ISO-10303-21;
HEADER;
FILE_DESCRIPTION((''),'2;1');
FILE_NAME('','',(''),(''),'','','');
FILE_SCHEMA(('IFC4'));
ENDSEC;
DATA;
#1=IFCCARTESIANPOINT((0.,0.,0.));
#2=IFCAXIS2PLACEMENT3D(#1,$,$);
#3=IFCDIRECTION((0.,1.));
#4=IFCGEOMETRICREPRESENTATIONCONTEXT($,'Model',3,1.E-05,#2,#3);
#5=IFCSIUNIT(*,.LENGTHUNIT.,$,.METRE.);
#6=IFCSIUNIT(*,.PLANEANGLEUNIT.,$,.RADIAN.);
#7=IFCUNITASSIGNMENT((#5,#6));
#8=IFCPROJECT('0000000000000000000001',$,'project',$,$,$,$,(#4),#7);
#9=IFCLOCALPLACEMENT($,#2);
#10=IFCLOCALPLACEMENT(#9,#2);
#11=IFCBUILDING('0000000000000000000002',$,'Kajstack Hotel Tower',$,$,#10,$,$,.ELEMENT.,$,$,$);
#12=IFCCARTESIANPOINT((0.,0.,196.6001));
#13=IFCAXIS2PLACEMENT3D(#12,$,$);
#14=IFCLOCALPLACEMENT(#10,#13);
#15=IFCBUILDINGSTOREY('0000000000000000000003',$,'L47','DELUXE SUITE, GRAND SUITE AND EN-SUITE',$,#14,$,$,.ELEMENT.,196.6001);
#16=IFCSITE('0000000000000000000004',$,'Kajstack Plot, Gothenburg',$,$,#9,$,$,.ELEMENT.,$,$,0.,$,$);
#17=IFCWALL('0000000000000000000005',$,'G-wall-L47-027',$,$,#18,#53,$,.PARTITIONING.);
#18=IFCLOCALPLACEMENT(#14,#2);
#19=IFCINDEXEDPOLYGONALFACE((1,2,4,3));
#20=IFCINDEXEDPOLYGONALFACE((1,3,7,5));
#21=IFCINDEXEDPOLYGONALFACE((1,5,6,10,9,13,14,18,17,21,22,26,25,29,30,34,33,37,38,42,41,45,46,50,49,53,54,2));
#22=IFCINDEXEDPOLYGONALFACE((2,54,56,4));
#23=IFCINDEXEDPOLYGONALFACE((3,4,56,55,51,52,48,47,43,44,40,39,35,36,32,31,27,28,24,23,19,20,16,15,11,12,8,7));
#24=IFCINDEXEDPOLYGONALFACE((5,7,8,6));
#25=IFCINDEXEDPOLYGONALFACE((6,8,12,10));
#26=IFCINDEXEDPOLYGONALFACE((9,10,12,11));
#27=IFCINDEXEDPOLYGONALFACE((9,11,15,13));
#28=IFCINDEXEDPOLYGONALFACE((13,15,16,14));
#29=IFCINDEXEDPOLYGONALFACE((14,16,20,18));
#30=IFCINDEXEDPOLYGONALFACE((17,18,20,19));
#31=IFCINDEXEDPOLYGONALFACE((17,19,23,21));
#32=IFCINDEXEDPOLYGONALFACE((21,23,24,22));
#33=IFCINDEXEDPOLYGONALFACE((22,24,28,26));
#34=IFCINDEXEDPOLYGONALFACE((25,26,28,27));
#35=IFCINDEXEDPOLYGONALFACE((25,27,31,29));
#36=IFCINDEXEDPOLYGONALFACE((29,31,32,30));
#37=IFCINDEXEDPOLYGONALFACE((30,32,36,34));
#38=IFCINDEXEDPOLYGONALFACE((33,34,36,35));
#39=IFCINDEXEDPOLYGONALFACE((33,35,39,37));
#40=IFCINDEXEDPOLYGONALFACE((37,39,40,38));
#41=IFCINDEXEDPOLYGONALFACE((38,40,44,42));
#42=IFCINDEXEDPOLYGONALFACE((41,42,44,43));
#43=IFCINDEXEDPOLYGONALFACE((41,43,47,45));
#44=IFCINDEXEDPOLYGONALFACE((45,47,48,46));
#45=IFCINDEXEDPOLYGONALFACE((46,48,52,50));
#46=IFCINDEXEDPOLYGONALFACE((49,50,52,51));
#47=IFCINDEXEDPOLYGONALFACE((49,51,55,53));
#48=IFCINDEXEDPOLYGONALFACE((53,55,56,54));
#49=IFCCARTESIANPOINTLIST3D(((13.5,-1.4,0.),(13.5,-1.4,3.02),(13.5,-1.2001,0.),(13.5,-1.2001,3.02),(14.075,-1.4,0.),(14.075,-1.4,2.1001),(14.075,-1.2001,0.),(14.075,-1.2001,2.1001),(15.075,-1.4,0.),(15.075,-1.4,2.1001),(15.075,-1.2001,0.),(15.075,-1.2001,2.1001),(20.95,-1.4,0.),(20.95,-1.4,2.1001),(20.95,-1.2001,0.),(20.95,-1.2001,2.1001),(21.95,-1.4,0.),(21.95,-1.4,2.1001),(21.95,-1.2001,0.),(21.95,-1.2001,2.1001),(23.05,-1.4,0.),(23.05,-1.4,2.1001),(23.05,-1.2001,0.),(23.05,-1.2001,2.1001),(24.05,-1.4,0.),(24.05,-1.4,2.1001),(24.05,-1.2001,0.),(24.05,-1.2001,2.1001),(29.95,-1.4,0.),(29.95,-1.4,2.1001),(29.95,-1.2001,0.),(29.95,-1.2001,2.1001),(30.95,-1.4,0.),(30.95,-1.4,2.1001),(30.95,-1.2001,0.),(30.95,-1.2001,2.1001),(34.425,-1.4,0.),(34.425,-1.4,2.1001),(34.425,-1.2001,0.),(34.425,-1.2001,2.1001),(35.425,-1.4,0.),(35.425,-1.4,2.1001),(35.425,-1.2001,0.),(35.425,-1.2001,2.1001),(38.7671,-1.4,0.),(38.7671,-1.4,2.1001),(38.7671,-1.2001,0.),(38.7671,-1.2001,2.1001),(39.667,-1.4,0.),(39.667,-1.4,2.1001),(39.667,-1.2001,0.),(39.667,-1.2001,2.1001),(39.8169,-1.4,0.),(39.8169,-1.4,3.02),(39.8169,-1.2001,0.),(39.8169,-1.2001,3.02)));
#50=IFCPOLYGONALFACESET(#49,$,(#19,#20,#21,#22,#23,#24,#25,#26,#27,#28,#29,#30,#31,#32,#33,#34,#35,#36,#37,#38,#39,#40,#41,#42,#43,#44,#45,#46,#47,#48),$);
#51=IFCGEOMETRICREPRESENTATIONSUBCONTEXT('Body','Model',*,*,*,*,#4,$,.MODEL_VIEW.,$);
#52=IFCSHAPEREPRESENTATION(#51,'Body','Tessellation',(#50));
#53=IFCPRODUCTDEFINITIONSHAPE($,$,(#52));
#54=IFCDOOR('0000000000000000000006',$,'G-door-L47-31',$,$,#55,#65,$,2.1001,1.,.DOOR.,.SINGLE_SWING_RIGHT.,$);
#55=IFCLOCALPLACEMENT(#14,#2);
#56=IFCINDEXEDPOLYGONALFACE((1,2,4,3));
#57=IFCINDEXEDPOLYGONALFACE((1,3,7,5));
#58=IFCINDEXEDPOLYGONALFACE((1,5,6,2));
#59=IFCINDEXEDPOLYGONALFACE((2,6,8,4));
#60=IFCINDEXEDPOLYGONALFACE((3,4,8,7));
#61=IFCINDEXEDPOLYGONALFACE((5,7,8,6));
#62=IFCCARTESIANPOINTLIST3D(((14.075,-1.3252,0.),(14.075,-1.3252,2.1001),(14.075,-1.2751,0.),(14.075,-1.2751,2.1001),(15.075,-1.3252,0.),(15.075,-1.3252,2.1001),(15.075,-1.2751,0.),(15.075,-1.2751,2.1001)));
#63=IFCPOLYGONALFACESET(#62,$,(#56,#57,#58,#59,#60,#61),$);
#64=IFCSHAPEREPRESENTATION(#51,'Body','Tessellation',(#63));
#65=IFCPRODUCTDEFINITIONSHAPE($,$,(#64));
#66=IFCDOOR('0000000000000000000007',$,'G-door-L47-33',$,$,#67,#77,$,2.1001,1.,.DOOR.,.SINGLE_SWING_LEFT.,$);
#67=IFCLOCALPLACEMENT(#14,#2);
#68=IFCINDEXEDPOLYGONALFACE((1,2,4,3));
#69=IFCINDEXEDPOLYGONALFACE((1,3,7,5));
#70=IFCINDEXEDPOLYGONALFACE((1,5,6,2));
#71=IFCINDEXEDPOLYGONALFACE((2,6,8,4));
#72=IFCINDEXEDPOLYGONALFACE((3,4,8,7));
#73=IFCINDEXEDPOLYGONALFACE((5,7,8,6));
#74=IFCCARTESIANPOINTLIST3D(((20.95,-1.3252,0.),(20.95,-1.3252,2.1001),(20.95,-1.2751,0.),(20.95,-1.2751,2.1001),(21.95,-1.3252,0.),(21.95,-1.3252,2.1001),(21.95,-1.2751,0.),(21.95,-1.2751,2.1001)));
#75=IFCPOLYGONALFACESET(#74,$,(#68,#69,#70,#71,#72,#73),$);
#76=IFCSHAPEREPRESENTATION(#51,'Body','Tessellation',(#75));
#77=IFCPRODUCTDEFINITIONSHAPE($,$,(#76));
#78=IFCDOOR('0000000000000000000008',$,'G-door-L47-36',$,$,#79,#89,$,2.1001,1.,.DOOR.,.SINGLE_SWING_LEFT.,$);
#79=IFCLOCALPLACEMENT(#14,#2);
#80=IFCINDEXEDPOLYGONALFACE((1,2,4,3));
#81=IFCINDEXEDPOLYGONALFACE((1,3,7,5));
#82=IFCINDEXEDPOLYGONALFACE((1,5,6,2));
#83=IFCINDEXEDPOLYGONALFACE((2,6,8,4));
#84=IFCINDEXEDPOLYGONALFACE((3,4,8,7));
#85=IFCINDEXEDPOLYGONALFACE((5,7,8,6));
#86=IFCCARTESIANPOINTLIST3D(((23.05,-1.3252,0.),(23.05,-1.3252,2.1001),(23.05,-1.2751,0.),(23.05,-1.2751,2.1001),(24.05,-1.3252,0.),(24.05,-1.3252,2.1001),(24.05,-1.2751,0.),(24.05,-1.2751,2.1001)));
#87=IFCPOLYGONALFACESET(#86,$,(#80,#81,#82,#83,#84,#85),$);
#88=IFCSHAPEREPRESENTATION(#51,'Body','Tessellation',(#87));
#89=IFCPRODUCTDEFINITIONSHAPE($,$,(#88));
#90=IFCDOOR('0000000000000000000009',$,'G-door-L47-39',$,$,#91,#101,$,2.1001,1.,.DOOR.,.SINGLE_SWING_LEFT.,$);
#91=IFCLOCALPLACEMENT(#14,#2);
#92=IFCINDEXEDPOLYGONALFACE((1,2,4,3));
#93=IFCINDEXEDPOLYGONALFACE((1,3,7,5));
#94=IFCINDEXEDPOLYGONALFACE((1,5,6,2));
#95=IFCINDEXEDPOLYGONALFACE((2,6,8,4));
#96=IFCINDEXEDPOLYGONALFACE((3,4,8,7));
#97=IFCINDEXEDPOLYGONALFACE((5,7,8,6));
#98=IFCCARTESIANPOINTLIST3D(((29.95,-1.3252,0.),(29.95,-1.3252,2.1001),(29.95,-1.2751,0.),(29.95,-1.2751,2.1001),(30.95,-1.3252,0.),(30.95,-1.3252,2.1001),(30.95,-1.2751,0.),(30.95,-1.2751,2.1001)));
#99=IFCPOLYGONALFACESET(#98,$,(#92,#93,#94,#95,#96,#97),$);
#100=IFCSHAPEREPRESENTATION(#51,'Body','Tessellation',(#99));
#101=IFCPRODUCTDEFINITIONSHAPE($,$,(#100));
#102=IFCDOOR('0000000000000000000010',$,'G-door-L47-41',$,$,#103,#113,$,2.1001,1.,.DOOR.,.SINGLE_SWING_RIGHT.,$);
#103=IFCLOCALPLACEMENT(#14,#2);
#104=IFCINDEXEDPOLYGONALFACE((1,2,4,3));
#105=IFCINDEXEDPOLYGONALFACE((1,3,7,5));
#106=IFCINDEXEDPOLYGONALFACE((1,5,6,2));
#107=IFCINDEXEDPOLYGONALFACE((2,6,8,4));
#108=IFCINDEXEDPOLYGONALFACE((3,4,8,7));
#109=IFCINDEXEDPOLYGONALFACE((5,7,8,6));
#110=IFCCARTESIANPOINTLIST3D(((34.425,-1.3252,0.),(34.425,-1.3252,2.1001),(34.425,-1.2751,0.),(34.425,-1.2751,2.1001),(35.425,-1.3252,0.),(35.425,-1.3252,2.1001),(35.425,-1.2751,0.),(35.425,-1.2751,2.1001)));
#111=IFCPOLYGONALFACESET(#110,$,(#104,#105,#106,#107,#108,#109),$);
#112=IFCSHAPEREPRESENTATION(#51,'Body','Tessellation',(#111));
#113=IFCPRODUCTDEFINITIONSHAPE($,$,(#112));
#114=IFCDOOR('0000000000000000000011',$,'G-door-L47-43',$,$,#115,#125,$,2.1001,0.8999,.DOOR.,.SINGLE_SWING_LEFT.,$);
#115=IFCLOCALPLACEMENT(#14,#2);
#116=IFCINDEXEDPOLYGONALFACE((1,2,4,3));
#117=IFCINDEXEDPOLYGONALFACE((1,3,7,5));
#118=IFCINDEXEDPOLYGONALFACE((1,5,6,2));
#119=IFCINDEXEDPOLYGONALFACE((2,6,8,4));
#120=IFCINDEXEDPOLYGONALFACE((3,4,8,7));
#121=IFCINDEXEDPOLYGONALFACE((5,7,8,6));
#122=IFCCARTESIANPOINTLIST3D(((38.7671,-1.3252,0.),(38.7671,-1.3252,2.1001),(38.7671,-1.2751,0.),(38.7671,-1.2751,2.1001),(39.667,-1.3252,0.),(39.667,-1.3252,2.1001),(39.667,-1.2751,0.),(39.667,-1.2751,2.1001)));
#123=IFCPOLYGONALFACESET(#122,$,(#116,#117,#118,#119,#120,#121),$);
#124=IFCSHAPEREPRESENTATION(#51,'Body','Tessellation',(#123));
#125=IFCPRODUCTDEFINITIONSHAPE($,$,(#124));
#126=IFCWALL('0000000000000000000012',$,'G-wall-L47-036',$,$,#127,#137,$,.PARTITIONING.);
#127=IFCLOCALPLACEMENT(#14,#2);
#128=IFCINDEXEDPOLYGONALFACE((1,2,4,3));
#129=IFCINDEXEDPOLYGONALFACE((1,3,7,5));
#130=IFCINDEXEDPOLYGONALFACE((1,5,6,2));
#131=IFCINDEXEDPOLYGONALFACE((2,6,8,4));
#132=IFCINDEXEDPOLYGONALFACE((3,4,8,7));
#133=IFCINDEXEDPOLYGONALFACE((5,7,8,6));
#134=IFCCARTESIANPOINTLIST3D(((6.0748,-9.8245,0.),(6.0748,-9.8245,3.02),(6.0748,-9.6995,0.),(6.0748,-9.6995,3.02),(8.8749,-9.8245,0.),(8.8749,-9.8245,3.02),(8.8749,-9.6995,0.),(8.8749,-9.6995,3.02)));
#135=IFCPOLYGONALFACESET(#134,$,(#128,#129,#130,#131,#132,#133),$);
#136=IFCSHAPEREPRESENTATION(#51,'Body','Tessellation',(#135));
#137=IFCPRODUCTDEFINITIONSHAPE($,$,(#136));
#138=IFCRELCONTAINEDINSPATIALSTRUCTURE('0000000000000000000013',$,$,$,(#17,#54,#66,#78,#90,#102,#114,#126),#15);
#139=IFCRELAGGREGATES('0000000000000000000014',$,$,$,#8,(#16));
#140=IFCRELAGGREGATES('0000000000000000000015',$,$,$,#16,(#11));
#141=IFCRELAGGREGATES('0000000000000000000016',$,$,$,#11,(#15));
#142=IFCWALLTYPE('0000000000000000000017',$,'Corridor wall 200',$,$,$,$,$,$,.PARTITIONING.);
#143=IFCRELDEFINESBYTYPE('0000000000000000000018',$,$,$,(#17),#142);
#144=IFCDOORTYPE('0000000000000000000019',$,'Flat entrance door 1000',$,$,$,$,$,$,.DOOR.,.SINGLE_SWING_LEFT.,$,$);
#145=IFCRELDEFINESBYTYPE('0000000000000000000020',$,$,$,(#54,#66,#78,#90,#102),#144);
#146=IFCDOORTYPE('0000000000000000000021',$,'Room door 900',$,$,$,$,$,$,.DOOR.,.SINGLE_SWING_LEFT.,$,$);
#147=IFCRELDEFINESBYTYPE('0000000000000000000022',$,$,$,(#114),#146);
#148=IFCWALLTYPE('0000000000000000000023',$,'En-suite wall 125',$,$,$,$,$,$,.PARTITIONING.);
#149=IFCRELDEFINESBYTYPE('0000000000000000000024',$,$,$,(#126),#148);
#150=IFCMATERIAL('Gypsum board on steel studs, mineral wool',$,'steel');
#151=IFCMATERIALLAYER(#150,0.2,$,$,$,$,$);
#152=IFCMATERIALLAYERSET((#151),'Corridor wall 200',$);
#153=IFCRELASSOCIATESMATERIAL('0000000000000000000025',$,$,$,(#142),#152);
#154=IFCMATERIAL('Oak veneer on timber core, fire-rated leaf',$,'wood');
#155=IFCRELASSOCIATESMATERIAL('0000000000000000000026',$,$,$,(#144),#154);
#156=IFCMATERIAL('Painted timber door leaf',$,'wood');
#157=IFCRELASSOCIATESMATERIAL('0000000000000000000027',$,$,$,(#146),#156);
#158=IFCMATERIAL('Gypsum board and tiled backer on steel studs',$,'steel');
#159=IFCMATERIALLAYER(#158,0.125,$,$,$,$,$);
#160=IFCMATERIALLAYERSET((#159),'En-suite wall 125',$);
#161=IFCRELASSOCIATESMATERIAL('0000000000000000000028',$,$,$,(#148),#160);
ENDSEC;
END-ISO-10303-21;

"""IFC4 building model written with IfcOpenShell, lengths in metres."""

from ifc_helpers import new_model, si_unit, direction, frame, frame_2d, origin, place, context, subcontext, project, spatial, rectangle, extrude, material, layer, layer_set, type_object, element, fill, save


model = new_model("IFC4")

# Units and contexts
model_context = context("Model", 3, precision=1e-05, world=origin(), true_north=direction((0.0, 1.0)))
body_context = subcontext(model_context, "Body", "Model", "MODEL_VIEW")
ifc_project = project(units=[si_unit("LENGTHUNIT", "METRE"), si_unit("PLANEANGLEUNIT", "RADIAN")], contexts=[model_context])

# Site, building, storey
site_placement = place(None, origin())
site = spatial("IfcSite", under=ifc_project, at=site_placement, Name="Kajstack Plot, Gothenburg", CompositionType="ELEMENT", RefElevation=0.0)
building_placement = place(site_placement, origin())
building = spatial("IfcBuilding", under=site, at=building_placement, Name="Kajstack Hotel Tower", CompositionType="ELEMENT")
storey_placement = place(building_placement, frame((0.0, 0.0, 196.6001)))
storey = spatial("IfcBuildingStorey", under=building, at=storey_placement, Name="L47", Description="DELUXE SUITE, GRAND SUITE AND EN-SUITE", CompositionType="ELEMENT", Elevation=196.6001)

# Wall, openings, doors
ifc_material_1 = material(Name="Gypsum board on steel studs, mineral wool", Category="steel")
ifc_layer_1 = layer(ifc_material_1, 0.2)
ifc_layer_set_1 = layer_set([ifc_layer_1], Name="Corridor wall 200")
wall_type_1 = type_object("IfcWallType", Name="Corridor wall 200", PredefinedType="PARTITIONING", material=ifc_layer_set_1)
wall_1_placement = place(storey_placement, frame((13.5, -1.3, 0.0), z_axis=(0.0, 0.0, 1.0), x_axis=(1.0, 0.0, 0.0)))
wall_1 = element("IfcWall", 1, at=wall_1_placement, inside=storey, type_object=wall_type_1, Name="G-wall-L47-027", PredefinedType="PARTITIONING", context=body_context, shape_type="SweptSolid", body=[
    extrude(rectangle(XDim=26.3169, YDim=0.2, at=frame_2d((13.1584, 0.0))), origin(), (0.0, 0.0, 1.0), 3.02),
])
opening_1_placement = place(wall_1_placement, frame((0.575, 0.0, 0.0)))
opening_1 = element("IfcOpeningElement", 2, at=opening_1_placement, cuts=wall_1, PredefinedType="OPENING", context=body_context, shape_type="SweptSolid", body=[
    extrude(rectangle(XDim=1.0, YDim=2.1001, at=frame_2d((0.5, 1.05))), frame((0.0, 0.1099, 0.0), z_axis=(0.0, -1.0, 0.0), x_axis=(1.0, 0.0, 0.0)), (0.0, 0.0, 1.0), 0.22),
])
opening_2_placement = place(wall_1_placement, frame((7.45, 0.0, 0.0)))
opening_2 = element("IfcOpeningElement", 3, at=opening_2_placement, cuts=wall_1, PredefinedType="OPENING", context=body_context, shape_type="SweptSolid", body=[
    extrude(rectangle(XDim=1.0, YDim=2.1001, at=frame_2d((0.5, 1.05))), frame((0.0, 0.1099, 0.0), z_axis=(0.0, -1.0, 0.0), x_axis=(1.0, 0.0, 0.0)), (0.0, 0.0, 1.0), 0.22),
])
opening_3_placement = place(wall_1_placement, frame((9.55, 0.0, 0.0)))
opening_3 = element("IfcOpeningElement", 4, at=opening_3_placement, cuts=wall_1, PredefinedType="OPENING", context=body_context, shape_type="SweptSolid", body=[
    extrude(rectangle(XDim=1.0, YDim=2.1001, at=frame_2d((0.5, 1.05))), frame((0.0, 0.1099, 0.0), z_axis=(0.0, -1.0, 0.0), x_axis=(1.0, 0.0, 0.0)), (0.0, 0.0, 1.0), 0.22),
])
opening_4_placement = place(wall_1_placement, frame((16.45, 0.0, 0.0)))
opening_4 = element("IfcOpeningElement", 5, at=opening_4_placement, cuts=wall_1, PredefinedType="OPENING", context=body_context, shape_type="SweptSolid", body=[
    extrude(rectangle(XDim=1.0, YDim=2.1001, at=frame_2d((0.5, 1.05))), frame((0.0, 0.1099, 0.0), z_axis=(0.0, -1.0, 0.0), x_axis=(1.0, 0.0, 0.0)), (0.0, 0.0, 1.0), 0.22),
])
opening_5_placement = place(wall_1_placement, frame((20.925, 0.0, 0.0)))
opening_5 = element("IfcOpeningElement", 6, at=opening_5_placement, cuts=wall_1, PredefinedType="OPENING", context=body_context, shape_type="SweptSolid", body=[
    extrude(rectangle(XDim=1.0, YDim=2.1001, at=frame_2d((0.5, 1.05))), frame((0.0, 0.1099, 0.0), z_axis=(0.0, -1.0, 0.0), x_axis=(1.0, 0.0, 0.0)), (0.0, 0.0, 1.0), 0.22),
])
opening_6_placement = place(wall_1_placement, frame((25.2671, 0.0, 0.0)))
opening_6 = element("IfcOpeningElement", 7, at=opening_6_placement, cuts=wall_1, PredefinedType="OPENING", context=body_context, shape_type="SweptSolid", body=[
    extrude(rectangle(XDim=0.8999, YDim=2.1001, at=frame_2d((0.45, 1.05))), frame((0.0, 0.1099, 0.0), z_axis=(0.0, -1.0, 0.0), x_axis=(1.0, 0.0, 0.0)), (0.0, 0.0, 1.0), 0.22),
])
ifc_material_2 = material(Name="Oak veneer on timber core, fire-rated leaf", Category="wood")
door_type_1 = type_object("IfcDoorType", Name="Flat entrance door 1000", OperationType="SINGLE_SWING_LEFT", PredefinedType="DOOR", material=ifc_material_2)
door_1_placement = place(opening_1_placement, origin())
door_1 = element("IfcDoor", 8, at=door_1_placement, inside=storey, type_object=door_type_1, Name="G-door-L47-31", OperationType="SINGLE_SWING_RIGHT", OverallHeight=2.1001, OverallWidth=1.0, PredefinedType="DOOR", context=body_context, shape_type="SweptSolid", body=[
    extrude(rectangle(XDim=1.0, YDim=2.1001, at=frame_2d((0.5, 1.05))), frame((0.0, 0.0249, 0.0), z_axis=(0.0, -1.0, 0.0), x_axis=(1.0, 0.0, 0.0)), (0.0, 0.0, 1.0), 0.05),
])
fill(opening_1, door_1)
door_2_placement = place(opening_2_placement, origin())
door_2 = element("IfcDoor", 9, at=door_2_placement, inside=storey, type_object=door_type_1, Name="G-door-L47-33", OperationType="SINGLE_SWING_LEFT", OverallHeight=2.1001, OverallWidth=1.0, PredefinedType="DOOR", context=body_context, shape_type="SweptSolid", body=[
    extrude(rectangle(XDim=1.0, YDim=2.1001, at=frame_2d((0.5, 1.05))), frame((0.0, 0.0249, 0.0), z_axis=(0.0, -1.0, 0.0), x_axis=(1.0, 0.0, 0.0)), (0.0, 0.0, 1.0), 0.05),
])
fill(opening_2, door_2)
door_3_placement = place(opening_3_placement, origin())
door_3 = element("IfcDoor", 10, at=door_3_placement, inside=storey, type_object=door_type_1, Name="G-door-L47-36", OperationType="SINGLE_SWING_LEFT", OverallHeight=2.1001, OverallWidth=1.0, PredefinedType="DOOR", context=body_context, shape_type="SweptSolid", body=[
    extrude(rectangle(XDim=1.0, YDim=2.1001, at=frame_2d((0.5, 1.05))), frame((0.0, 0.0249, 0.0), z_axis=(0.0, -1.0, 0.0), x_axis=(1.0, 0.0, 0.0)), (0.0, 0.0, 1.0), 0.05),
])
fill(opening_3, door_3)
door_4_placement = place(opening_4_placement, origin())
door_4 = element("IfcDoor", 11, at=door_4_placement, inside=storey, type_object=door_type_1, Name="G-door-L47-39", OperationType="SINGLE_SWING_LEFT", OverallHeight=2.1001, OverallWidth=1.0, PredefinedType="DOOR", context=body_context, shape_type="SweptSolid", body=[
    extrude(rectangle(XDim=1.0, YDim=2.1001, at=frame_2d((0.5, 1.05))), frame((0.0, 0.0249, 0.0), z_axis=(0.0, -1.0, 0.0), x_axis=(1.0, 0.0, 0.0)), (0.0, 0.0, 1.0), 0.05),
])
fill(opening_4, door_4)
door_5_placement = place(opening_5_placement, origin())
door_5 = element("IfcDoor", 12, at=door_5_placement, inside=storey, type_object=door_type_1, Name="G-door-L47-41", OperationType="SINGLE_SWING_RIGHT", OverallHeight=2.1001, OverallWidth=1.0, PredefinedType="DOOR", context=body_context, shape_type="SweptSolid", body=[
    extrude(rectangle(XDim=1.0, YDim=2.1001, at=frame_2d((0.5, 1.05))), frame((0.0, 0.0249, 0.0), z_axis=(0.0, -1.0, 0.0), x_axis=(1.0, 0.0, 0.0)), (0.0, 0.0, 1.0), 0.05),
])
fill(opening_5, door_5)
ifc_material_3 = material(Name="Painted timber door leaf", Category="wood")
door_type_2 = type_object("IfcDoorType", Name="Room door 900", OperationType="SINGLE_SWING_LEFT", PredefinedType="DOOR", material=ifc_material_3)
door_6_placement = place(opening_6_placement, origin())
door_6 = element("IfcDoor", 13, at=door_6_placement, inside=storey, type_object=door_type_2, Name="G-door-L47-43", OperationType="SINGLE_SWING_LEFT", OverallHeight=2.1001, OverallWidth=0.8999, PredefinedType="DOOR", context=body_context, shape_type="SweptSolid", body=[
    extrude(rectangle(XDim=0.8999, YDim=2.1001, at=frame_2d((0.45, 1.05))), frame((0.0, 0.0249, 0.0), z_axis=(0.0, -1.0, 0.0), x_axis=(1.0, 0.0, 0.0)), (0.0, 0.0, 1.0), 0.05),
])
fill(opening_6, door_6)

# Wall
ifc_material_4 = material(Name="Gypsum board and tiled backer on steel studs", Category="steel")
ifc_layer_2 = layer(ifc_material_4, 0.125)
ifc_layer_set_2 = layer_set([ifc_layer_2], Name="En-suite wall 125")
wall_type_2 = type_object("IfcWallType", Name="En-suite wall 125", PredefinedType="PARTITIONING", material=ifc_layer_set_2)
wall_2_placement = place(storey_placement, frame((6.075, -9.762, 0.0), z_axis=(0.0, 0.0, 1.0), x_axis=(1.0, 0.0, 0.0)))
element("IfcWall", 14, at=wall_2_placement, inside=storey, type_object=wall_type_2, Name="G-wall-L47-036", PredefinedType="PARTITIONING", context=body_context, shape_type="SweptSolid", body=[
    extrude(rectangle(XDim=2.8, YDim=0.125, at=frame_2d((1.3999, 0.0))), origin(), (0.0, 0.0, 1.0), 3.02),
])

save(model, "model.ifc")
